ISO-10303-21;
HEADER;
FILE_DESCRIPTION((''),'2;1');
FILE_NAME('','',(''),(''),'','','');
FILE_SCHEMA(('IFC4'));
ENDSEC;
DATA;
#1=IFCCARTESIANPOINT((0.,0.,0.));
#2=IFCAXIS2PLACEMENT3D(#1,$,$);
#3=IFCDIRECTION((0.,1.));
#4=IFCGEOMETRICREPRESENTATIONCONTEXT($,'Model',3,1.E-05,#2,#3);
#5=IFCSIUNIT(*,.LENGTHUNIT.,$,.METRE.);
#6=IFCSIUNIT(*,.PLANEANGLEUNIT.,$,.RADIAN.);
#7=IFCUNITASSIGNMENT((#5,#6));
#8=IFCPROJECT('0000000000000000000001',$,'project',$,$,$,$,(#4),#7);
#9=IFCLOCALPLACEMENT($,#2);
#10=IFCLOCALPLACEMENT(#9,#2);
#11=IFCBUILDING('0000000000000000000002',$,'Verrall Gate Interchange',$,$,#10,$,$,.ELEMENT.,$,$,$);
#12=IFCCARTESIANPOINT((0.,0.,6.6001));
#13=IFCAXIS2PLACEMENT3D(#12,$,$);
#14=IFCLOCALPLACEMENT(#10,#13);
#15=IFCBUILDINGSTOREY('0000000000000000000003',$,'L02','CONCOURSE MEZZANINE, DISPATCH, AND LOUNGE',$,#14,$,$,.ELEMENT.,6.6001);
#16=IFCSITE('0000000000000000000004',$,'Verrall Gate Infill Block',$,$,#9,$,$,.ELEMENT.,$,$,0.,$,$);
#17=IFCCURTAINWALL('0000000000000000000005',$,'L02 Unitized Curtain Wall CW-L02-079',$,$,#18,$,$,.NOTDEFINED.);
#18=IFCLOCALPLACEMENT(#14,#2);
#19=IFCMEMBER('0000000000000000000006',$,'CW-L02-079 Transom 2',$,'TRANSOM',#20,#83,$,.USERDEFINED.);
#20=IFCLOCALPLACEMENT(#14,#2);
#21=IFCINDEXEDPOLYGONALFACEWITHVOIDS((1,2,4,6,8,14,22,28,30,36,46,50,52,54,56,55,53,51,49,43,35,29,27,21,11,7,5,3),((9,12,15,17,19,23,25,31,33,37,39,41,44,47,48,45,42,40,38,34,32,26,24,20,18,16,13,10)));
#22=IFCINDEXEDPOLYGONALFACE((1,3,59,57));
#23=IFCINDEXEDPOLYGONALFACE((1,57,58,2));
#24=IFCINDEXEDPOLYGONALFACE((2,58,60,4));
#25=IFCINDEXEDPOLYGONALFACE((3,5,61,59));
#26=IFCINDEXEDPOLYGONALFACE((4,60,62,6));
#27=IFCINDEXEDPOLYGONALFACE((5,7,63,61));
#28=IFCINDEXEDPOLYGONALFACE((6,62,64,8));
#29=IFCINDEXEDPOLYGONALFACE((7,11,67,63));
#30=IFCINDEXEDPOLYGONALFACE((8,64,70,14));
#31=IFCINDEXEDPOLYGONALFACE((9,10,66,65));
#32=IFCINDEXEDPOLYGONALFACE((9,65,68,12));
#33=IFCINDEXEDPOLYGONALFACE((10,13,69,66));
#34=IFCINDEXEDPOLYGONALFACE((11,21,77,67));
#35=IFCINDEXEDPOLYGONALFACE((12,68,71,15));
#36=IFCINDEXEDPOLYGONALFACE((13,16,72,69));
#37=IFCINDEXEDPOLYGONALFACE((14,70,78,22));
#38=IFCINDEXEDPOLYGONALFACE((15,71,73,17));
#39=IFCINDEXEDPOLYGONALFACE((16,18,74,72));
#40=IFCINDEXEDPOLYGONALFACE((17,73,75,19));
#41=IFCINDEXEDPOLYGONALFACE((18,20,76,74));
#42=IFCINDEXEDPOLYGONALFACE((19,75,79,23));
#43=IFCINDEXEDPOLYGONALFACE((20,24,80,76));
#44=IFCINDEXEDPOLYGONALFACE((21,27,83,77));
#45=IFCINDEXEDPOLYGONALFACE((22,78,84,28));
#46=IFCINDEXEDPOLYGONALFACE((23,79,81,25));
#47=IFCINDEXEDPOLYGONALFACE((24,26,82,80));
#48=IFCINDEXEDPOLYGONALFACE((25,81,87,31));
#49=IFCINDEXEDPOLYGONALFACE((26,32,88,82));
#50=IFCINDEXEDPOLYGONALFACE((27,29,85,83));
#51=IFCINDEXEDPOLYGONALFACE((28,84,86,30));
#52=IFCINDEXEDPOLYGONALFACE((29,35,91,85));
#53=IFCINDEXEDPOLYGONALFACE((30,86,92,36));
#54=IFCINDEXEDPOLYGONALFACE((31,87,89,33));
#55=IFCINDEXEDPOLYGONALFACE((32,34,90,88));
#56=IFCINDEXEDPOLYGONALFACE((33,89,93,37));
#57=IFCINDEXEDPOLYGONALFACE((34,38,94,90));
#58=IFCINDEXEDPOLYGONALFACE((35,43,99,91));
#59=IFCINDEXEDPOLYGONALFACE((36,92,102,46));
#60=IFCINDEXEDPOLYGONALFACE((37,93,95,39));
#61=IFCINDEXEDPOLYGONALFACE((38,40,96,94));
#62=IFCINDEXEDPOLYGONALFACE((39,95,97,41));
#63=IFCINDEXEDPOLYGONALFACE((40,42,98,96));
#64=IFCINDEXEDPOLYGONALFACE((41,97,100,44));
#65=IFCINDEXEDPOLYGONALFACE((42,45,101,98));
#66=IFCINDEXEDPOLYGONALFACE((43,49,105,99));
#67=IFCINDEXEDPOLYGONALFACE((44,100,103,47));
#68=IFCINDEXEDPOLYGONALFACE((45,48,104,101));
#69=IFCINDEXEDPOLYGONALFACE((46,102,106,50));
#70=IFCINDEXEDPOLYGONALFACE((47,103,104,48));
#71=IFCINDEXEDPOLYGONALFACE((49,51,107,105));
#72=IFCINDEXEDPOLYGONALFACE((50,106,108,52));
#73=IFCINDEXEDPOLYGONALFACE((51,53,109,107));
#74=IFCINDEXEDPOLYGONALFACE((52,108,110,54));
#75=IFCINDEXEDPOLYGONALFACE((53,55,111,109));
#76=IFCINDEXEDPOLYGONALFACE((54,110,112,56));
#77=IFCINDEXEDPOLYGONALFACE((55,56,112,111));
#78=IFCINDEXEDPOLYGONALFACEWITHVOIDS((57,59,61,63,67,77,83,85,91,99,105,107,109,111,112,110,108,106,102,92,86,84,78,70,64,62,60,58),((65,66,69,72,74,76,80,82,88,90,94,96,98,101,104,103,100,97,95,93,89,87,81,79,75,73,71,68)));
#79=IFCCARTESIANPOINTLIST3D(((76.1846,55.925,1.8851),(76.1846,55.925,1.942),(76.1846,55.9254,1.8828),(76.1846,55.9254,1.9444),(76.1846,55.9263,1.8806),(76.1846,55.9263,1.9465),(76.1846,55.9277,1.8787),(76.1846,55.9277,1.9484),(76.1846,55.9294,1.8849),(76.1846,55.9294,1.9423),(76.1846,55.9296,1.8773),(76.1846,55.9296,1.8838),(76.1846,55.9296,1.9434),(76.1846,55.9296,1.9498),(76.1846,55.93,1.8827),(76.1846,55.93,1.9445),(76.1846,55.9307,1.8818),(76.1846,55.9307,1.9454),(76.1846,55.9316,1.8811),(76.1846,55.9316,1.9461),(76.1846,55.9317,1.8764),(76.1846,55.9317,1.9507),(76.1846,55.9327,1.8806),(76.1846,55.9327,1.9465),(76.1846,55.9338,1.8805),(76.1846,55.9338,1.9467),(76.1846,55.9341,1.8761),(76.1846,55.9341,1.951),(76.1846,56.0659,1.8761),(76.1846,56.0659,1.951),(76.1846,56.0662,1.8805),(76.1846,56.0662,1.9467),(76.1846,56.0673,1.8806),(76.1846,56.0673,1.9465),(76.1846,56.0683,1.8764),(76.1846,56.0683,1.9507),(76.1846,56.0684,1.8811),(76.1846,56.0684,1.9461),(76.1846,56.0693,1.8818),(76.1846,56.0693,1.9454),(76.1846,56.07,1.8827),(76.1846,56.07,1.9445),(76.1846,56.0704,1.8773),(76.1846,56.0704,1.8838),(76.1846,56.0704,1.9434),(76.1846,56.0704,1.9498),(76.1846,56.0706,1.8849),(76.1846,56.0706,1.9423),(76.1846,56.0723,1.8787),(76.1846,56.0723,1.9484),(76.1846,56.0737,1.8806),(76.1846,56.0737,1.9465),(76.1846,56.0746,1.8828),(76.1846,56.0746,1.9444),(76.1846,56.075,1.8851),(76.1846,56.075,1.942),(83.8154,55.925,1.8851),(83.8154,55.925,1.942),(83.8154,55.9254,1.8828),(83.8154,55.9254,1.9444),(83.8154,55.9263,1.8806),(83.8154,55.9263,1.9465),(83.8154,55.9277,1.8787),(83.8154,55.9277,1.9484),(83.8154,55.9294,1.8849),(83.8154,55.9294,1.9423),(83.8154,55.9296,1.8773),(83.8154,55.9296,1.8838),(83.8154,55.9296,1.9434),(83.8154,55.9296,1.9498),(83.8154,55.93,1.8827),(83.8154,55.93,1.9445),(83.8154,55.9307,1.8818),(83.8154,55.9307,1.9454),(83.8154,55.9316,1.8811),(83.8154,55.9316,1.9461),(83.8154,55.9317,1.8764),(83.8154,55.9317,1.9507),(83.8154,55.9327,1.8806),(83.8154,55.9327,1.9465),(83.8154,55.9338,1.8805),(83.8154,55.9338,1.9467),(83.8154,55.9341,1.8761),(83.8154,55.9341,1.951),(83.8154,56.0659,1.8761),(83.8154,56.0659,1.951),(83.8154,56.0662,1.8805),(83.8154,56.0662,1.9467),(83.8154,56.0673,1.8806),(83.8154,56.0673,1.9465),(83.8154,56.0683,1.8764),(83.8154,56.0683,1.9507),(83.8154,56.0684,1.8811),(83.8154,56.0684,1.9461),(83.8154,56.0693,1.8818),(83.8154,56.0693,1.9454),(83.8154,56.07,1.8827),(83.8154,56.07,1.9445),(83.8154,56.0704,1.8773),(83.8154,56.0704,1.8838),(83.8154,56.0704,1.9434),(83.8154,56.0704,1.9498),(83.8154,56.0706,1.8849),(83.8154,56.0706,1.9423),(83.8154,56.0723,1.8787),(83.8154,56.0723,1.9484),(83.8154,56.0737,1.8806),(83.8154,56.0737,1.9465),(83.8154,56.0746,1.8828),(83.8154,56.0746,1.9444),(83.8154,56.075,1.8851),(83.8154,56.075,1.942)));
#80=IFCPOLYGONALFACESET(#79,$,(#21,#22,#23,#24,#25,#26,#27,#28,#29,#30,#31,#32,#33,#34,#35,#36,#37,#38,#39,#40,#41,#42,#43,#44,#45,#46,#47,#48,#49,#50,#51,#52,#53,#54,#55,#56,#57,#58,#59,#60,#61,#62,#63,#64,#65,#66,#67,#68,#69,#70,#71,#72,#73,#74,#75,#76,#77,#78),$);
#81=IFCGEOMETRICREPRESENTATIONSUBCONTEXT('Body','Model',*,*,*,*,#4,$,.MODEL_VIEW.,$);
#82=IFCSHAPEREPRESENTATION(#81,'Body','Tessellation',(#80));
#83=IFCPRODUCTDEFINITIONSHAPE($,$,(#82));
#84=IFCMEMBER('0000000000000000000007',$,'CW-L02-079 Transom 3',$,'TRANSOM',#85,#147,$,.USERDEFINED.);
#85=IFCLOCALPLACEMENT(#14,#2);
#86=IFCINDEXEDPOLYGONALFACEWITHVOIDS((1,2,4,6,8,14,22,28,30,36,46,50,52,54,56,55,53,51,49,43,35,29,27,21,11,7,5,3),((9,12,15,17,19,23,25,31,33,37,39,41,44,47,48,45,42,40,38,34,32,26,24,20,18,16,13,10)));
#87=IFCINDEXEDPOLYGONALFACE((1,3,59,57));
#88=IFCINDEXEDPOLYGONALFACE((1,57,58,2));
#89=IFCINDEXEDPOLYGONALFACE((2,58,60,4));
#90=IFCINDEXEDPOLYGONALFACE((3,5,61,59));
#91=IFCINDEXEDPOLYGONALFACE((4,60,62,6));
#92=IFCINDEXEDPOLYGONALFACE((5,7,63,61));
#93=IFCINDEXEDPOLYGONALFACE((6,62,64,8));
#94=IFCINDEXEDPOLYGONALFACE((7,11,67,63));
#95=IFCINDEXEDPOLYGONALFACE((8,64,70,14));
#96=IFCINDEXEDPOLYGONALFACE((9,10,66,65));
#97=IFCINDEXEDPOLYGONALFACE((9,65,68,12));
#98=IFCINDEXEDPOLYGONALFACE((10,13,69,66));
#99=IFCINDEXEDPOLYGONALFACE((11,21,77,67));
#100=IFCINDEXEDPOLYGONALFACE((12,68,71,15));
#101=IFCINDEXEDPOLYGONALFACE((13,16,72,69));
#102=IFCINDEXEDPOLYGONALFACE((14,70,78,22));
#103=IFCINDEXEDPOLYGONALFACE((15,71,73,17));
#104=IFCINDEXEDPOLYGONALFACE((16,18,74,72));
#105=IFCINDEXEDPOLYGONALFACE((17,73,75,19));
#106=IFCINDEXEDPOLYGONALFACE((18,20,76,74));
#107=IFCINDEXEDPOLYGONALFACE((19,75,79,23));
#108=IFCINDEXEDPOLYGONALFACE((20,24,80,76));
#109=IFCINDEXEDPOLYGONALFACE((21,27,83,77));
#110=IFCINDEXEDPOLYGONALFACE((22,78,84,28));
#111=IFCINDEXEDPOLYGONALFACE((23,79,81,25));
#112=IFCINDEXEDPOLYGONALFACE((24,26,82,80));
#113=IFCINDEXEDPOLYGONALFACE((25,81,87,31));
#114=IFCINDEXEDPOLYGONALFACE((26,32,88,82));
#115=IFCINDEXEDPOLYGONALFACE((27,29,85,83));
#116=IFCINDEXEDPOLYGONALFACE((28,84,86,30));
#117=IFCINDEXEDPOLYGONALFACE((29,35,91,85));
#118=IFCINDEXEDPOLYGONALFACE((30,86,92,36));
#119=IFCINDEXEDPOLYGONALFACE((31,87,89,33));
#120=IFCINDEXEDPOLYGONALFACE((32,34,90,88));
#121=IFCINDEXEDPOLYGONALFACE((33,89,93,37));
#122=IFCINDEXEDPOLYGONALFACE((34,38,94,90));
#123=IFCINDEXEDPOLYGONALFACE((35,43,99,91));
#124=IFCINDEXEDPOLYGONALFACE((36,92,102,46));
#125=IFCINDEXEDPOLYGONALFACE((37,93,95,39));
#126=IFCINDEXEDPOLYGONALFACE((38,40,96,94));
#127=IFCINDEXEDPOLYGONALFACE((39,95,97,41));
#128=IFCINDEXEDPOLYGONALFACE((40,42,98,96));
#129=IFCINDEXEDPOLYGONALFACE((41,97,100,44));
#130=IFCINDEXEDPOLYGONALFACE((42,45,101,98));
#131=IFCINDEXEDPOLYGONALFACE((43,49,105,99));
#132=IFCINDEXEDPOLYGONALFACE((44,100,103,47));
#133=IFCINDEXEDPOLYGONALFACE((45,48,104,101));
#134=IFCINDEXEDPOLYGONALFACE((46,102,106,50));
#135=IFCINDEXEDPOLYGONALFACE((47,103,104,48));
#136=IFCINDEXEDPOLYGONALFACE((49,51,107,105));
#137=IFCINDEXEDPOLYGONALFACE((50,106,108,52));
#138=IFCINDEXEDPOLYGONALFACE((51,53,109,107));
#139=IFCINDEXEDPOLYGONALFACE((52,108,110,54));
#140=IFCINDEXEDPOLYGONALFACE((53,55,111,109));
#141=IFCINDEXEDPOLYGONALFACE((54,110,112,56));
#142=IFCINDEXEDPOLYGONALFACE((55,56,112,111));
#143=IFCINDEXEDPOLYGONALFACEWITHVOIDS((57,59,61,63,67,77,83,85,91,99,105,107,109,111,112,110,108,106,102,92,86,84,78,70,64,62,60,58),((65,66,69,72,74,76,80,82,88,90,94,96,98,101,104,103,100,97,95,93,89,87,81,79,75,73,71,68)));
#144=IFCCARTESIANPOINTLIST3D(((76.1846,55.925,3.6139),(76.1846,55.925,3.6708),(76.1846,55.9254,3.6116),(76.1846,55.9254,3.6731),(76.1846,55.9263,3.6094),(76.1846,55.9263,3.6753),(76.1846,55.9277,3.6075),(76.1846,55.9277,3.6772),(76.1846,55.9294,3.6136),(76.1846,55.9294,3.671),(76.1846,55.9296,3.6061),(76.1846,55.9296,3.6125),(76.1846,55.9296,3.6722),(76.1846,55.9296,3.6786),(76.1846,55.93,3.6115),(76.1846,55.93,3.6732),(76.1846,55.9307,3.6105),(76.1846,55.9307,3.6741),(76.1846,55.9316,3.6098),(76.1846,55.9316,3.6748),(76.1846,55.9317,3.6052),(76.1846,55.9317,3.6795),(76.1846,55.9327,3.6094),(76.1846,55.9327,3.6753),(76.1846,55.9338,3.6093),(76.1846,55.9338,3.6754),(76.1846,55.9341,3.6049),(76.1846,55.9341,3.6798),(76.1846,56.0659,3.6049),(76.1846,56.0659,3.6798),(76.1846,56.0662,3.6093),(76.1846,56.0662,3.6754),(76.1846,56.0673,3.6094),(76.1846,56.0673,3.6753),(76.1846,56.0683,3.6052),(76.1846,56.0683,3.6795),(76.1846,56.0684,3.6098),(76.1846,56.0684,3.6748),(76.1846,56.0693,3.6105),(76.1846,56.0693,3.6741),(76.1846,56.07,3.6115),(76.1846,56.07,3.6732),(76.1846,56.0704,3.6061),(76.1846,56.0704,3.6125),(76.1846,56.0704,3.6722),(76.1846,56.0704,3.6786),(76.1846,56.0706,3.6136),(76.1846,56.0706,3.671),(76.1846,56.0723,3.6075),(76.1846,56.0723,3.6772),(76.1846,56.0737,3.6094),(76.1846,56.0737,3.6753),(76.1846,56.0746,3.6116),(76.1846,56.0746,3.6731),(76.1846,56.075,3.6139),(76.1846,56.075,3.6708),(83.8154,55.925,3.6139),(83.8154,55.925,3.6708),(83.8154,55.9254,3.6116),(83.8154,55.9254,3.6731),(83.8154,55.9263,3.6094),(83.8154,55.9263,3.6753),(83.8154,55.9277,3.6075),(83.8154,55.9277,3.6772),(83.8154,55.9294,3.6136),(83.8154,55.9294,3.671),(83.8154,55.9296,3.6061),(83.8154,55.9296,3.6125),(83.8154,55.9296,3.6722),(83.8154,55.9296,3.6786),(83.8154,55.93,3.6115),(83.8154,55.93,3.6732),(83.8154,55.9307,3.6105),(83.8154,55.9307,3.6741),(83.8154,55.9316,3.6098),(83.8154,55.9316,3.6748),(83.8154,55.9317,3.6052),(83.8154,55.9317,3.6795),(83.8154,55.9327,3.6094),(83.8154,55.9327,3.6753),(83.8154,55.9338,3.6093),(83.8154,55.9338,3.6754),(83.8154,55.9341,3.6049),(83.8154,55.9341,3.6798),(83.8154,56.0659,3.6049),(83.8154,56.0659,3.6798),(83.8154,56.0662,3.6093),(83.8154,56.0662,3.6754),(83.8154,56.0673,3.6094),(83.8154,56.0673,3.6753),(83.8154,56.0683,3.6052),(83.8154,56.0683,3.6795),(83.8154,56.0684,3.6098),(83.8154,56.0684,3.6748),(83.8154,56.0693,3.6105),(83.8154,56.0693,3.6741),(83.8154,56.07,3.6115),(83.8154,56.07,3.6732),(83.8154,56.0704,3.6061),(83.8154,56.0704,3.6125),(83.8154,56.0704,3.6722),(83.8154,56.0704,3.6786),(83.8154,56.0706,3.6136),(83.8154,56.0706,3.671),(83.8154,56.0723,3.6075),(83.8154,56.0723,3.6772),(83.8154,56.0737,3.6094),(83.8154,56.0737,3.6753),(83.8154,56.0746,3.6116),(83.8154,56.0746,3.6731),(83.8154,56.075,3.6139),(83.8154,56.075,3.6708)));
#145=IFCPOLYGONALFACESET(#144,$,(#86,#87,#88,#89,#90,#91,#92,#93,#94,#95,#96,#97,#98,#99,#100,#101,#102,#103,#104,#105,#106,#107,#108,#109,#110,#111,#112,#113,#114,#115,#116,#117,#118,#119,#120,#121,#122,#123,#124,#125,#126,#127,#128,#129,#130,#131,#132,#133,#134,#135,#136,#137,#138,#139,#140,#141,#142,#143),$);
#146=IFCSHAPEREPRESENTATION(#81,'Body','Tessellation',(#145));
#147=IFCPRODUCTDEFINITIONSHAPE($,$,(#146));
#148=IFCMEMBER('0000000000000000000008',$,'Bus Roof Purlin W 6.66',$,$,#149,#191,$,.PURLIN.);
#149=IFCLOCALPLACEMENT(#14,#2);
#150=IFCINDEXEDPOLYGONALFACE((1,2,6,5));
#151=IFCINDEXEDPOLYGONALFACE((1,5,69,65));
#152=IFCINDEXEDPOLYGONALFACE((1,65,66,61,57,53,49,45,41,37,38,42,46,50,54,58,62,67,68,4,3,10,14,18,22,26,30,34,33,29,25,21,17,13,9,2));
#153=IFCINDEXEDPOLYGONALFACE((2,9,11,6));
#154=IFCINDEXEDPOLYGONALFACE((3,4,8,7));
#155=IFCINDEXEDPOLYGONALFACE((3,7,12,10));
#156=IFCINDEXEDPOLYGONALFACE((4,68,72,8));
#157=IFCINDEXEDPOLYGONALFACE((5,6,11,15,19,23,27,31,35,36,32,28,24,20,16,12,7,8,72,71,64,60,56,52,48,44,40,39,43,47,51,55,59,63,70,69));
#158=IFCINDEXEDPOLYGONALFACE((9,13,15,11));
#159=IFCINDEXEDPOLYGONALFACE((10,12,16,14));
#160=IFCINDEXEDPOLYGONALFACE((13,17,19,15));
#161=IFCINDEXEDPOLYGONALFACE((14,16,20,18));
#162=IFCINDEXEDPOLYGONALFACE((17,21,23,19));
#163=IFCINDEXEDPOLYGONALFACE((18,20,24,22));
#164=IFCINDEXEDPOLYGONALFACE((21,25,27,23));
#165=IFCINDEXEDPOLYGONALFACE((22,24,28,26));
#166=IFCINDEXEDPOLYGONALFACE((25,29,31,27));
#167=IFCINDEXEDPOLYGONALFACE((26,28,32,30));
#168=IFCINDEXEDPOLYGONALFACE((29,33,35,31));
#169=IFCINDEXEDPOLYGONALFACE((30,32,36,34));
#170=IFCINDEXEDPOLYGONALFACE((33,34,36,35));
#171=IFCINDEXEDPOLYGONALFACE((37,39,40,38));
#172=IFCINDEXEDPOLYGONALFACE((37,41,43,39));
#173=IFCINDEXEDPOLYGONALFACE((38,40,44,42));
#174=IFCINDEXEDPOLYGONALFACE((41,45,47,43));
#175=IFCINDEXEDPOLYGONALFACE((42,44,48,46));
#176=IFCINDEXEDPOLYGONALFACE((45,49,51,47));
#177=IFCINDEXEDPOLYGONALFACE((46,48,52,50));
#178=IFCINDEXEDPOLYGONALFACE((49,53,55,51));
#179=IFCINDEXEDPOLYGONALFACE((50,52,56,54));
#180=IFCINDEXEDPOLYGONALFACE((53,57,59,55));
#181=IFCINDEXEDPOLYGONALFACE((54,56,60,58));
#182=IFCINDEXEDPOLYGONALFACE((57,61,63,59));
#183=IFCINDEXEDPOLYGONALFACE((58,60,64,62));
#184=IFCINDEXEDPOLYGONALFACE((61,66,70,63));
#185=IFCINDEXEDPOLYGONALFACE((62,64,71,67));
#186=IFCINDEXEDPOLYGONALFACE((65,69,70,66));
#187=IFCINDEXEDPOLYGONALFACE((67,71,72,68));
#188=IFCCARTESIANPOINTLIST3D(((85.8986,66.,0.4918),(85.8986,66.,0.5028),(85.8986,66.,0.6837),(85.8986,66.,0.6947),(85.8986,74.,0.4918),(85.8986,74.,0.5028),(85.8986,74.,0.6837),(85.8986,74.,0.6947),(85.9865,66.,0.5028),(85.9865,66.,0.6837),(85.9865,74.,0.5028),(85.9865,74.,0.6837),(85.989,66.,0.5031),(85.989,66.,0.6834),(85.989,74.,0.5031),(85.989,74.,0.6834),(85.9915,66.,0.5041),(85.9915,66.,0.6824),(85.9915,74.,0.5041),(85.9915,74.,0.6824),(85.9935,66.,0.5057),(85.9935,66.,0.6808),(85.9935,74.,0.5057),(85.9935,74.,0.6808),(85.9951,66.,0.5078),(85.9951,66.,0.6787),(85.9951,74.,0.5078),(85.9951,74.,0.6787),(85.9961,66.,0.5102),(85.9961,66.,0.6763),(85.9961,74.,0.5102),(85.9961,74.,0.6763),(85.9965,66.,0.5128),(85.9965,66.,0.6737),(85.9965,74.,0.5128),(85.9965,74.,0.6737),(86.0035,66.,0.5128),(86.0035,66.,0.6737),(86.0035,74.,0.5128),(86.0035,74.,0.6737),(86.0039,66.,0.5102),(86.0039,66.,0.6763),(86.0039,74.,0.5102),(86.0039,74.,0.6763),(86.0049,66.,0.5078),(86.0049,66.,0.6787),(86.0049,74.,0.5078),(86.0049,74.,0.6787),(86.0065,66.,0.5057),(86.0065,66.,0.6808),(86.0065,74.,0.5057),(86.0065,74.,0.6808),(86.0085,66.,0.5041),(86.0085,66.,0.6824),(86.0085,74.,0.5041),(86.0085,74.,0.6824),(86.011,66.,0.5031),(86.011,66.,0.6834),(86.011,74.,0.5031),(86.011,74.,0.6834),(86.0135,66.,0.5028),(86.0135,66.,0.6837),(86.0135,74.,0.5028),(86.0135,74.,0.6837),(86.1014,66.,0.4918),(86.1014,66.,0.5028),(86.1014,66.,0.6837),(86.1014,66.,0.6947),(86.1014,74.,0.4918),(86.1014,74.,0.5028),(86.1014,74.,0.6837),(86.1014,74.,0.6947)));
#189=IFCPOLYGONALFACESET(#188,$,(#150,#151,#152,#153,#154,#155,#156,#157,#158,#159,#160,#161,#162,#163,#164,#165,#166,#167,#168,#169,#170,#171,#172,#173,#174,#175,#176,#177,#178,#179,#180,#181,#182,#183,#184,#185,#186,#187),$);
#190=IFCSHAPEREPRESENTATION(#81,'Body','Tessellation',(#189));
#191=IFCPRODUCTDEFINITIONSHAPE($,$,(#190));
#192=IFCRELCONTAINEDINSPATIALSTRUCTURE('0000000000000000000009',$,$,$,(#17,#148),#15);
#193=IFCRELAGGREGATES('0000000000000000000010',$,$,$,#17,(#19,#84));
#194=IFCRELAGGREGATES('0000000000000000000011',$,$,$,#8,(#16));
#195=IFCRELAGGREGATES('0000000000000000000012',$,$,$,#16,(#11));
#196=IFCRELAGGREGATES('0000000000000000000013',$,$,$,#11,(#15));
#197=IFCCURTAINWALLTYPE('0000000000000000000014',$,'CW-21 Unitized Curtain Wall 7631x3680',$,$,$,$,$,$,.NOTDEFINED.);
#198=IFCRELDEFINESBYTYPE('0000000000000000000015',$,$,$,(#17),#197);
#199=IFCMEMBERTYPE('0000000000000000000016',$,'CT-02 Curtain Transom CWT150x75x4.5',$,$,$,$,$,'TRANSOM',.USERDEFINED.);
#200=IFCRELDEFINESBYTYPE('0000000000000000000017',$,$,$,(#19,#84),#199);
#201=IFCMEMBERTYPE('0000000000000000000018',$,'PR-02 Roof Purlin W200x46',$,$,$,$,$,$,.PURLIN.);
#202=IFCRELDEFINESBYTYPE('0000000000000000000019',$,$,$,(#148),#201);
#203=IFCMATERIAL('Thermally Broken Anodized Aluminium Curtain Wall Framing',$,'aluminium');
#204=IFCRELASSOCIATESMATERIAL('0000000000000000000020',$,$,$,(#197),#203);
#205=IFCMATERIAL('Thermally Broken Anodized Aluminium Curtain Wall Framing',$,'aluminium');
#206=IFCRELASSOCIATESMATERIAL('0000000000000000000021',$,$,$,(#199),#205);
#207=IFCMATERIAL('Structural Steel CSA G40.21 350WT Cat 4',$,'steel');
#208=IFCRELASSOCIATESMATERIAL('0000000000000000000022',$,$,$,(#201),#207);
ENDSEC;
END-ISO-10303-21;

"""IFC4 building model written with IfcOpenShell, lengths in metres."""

from ifc_helpers import new_model, si_unit, direction, frame, origin, origin_2d, place, context, subcontext, project, spatial, hollow_rectangle, i_section, extrude, material, material_profile, profile_set, type_object, element, aggregate, save


model = new_model("IFC4")

# Units and contexts
model_context = context("Model", 3, precision=1e-05, world=origin(), true_north=direction((0.0, 1.0)))
body_context = subcontext(model_context, "Body", "Model", "MODEL_VIEW")
ifc_project = project(units=[si_unit("LENGTHUNIT", "METRE"), si_unit("PLANEANGLEUNIT", "RADIAN")], contexts=[model_context])

# Site, building, storey
site_placement = place(None, origin())
site = spatial("IfcSite", under=ifc_project, at=site_placement, Name="Verrall Gate Infill Block", CompositionType="ELEMENT", RefElevation=0.0)
building_placement = place(site_placement, origin())
building = spatial("IfcBuilding", under=site, at=building_placement, Name="Verrall Gate Interchange", CompositionType="ELEMENT")
storey_placement = place(building_placement, frame((0.0, 0.0, 6.6001)))
storey = spatial("IfcBuildingStorey", under=building, at=storey_placement, Name="L02", Description="CONCOURSE MEZZANINE, DISPATCH, AND LOUNGE", CompositionType="ELEMENT", Elevation=6.6001)

# Curtain wall, members
ifc_material_1 = material(Name="Thermally Broken Anodized Aluminium Curtain Wall Framing", Category="aluminium")
curtain_wall_type = type_object("IfcCurtainWallType", Name="CW-21 Unitized Curtain Wall 7631x3680", PredefinedType="NOTDEFINED", material=ifc_material_1)
curtain_wall_1_placement = place(storey_placement, origin())
curtain_wall_1 = element("IfcCurtainWall", 1, at=curtain_wall_1_placement, inside=storey, type_object=curtain_wall_type, Name="L02 Unitized Curtain Wall CW-L02-079", PredefinedType="NOTDEFINED")
ifc_material_2 = material(Name="Thermally Broken Anodized Aluminium Curtain Wall Framing", Category="aluminium")
ifc_material_profile_1 = material_profile(ifc_material_2, hollow_rectangle(XDim=0.1499, YDim=0.075, WallThickness=0.0044, InnerFilletRadius=0.0044, OuterFilletRadius=0.009, at=origin_2d()), Name="CWT150x75x4.5")
ifc_profile_set_1 = profile_set([ifc_material_profile_1], Name="Thermally Broken Anodized Aluminium Curtain Wall Framing")
member_type_1 = type_object("IfcMemberType", Name="CT-02 Curtain Transom CWT150x75x4.5", ElementType="TRANSOM", PredefinedType="USERDEFINED", material=ifc_profile_set_1)
member_1_placement = place(storey_placement, frame((83.8154, 56.0, 1.9136), z_axis=(-1.0, 0.0, 0.0), x_axis=(0.0, -1.0, 0.0)))
member_1 = element("IfcMember", 2, at=member_1_placement, type_object=member_type_1, Name="CW-L02-079 Transom 2", ObjectType="TRANSOM", PredefinedType="USERDEFINED", context=body_context, shape_type="SweptSolid", body=[
    extrude(hollow_rectangle(XDim=0.1499, YDim=0.075, WallThickness=0.0044, InnerFilletRadius=0.0044, OuterFilletRadius=0.009, at=origin_2d()), origin(), (0.0, 0.0, 1.0), 7.6309),
])
member_2_placement = place(storey_placement, frame((83.8154, 56.0, 3.6423), z_axis=(-1.0, 0.0, 0.0), x_axis=(0.0, -1.0, 0.0)))
member_2 = element("IfcMember", 3, at=member_2_placement, type_object=member_type_1, Name="CW-L02-079 Transom 3", ObjectType="TRANSOM", PredefinedType="USERDEFINED", context=body_context, shape_type="SweptSolid", body=[
    extrude(hollow_rectangle(XDim=0.1499, YDim=0.075, WallThickness=0.0044, InnerFilletRadius=0.0044, OuterFilletRadius=0.009, at=origin_2d()), origin(), (0.0, 0.0, 1.0), 7.6309),
])

# Member
ifc_material_3 = material(Name="Structural Steel CSA G40.21 350WT Cat 4", Category="steel")
ifc_material_profile_2 = material_profile(ifc_material_3, i_section(OverallWidth=0.2029, OverallDepth=0.2029, WebThickness=0.0071, FlangeThickness=0.011, FilletRadius=0.01, at=origin_2d()), Name="W200x46")
ifc_profile_set_2 = profile_set([ifc_material_profile_2], Name="Structural Steel CSA G40.21 350WT Cat 4")
member_type_2 = type_object("IfcMemberType", Name="PR-02 Roof Purlin W200x46", PredefinedType="PURLIN", material=ifc_profile_set_2)
member_3_placement = place(storey_placement, frame((86.0, 66.0, 0.5933), z_axis=(0.0, 1.0, 0.0), x_axis=(-1.0, 0.0, 0.0)))
element("IfcMember", 4, at=member_3_placement, inside=storey, type_object=member_type_2, Name="Bus Roof Purlin W 6.66", PredefinedType="PURLIN", context=body_context, shape_type="SweptSolid", body=[
    extrude(i_section(OverallWidth=0.2029, OverallDepth=0.2029, WebThickness=0.0071, FlangeThickness=0.011, FilletRadius=0.01, at=origin_2d()), origin(), (0.0, 0.0, 1.0), 8.0),
])

aggregate(curtain_wall_1, [member_1, member_2])

save(model, "model.ifc")
